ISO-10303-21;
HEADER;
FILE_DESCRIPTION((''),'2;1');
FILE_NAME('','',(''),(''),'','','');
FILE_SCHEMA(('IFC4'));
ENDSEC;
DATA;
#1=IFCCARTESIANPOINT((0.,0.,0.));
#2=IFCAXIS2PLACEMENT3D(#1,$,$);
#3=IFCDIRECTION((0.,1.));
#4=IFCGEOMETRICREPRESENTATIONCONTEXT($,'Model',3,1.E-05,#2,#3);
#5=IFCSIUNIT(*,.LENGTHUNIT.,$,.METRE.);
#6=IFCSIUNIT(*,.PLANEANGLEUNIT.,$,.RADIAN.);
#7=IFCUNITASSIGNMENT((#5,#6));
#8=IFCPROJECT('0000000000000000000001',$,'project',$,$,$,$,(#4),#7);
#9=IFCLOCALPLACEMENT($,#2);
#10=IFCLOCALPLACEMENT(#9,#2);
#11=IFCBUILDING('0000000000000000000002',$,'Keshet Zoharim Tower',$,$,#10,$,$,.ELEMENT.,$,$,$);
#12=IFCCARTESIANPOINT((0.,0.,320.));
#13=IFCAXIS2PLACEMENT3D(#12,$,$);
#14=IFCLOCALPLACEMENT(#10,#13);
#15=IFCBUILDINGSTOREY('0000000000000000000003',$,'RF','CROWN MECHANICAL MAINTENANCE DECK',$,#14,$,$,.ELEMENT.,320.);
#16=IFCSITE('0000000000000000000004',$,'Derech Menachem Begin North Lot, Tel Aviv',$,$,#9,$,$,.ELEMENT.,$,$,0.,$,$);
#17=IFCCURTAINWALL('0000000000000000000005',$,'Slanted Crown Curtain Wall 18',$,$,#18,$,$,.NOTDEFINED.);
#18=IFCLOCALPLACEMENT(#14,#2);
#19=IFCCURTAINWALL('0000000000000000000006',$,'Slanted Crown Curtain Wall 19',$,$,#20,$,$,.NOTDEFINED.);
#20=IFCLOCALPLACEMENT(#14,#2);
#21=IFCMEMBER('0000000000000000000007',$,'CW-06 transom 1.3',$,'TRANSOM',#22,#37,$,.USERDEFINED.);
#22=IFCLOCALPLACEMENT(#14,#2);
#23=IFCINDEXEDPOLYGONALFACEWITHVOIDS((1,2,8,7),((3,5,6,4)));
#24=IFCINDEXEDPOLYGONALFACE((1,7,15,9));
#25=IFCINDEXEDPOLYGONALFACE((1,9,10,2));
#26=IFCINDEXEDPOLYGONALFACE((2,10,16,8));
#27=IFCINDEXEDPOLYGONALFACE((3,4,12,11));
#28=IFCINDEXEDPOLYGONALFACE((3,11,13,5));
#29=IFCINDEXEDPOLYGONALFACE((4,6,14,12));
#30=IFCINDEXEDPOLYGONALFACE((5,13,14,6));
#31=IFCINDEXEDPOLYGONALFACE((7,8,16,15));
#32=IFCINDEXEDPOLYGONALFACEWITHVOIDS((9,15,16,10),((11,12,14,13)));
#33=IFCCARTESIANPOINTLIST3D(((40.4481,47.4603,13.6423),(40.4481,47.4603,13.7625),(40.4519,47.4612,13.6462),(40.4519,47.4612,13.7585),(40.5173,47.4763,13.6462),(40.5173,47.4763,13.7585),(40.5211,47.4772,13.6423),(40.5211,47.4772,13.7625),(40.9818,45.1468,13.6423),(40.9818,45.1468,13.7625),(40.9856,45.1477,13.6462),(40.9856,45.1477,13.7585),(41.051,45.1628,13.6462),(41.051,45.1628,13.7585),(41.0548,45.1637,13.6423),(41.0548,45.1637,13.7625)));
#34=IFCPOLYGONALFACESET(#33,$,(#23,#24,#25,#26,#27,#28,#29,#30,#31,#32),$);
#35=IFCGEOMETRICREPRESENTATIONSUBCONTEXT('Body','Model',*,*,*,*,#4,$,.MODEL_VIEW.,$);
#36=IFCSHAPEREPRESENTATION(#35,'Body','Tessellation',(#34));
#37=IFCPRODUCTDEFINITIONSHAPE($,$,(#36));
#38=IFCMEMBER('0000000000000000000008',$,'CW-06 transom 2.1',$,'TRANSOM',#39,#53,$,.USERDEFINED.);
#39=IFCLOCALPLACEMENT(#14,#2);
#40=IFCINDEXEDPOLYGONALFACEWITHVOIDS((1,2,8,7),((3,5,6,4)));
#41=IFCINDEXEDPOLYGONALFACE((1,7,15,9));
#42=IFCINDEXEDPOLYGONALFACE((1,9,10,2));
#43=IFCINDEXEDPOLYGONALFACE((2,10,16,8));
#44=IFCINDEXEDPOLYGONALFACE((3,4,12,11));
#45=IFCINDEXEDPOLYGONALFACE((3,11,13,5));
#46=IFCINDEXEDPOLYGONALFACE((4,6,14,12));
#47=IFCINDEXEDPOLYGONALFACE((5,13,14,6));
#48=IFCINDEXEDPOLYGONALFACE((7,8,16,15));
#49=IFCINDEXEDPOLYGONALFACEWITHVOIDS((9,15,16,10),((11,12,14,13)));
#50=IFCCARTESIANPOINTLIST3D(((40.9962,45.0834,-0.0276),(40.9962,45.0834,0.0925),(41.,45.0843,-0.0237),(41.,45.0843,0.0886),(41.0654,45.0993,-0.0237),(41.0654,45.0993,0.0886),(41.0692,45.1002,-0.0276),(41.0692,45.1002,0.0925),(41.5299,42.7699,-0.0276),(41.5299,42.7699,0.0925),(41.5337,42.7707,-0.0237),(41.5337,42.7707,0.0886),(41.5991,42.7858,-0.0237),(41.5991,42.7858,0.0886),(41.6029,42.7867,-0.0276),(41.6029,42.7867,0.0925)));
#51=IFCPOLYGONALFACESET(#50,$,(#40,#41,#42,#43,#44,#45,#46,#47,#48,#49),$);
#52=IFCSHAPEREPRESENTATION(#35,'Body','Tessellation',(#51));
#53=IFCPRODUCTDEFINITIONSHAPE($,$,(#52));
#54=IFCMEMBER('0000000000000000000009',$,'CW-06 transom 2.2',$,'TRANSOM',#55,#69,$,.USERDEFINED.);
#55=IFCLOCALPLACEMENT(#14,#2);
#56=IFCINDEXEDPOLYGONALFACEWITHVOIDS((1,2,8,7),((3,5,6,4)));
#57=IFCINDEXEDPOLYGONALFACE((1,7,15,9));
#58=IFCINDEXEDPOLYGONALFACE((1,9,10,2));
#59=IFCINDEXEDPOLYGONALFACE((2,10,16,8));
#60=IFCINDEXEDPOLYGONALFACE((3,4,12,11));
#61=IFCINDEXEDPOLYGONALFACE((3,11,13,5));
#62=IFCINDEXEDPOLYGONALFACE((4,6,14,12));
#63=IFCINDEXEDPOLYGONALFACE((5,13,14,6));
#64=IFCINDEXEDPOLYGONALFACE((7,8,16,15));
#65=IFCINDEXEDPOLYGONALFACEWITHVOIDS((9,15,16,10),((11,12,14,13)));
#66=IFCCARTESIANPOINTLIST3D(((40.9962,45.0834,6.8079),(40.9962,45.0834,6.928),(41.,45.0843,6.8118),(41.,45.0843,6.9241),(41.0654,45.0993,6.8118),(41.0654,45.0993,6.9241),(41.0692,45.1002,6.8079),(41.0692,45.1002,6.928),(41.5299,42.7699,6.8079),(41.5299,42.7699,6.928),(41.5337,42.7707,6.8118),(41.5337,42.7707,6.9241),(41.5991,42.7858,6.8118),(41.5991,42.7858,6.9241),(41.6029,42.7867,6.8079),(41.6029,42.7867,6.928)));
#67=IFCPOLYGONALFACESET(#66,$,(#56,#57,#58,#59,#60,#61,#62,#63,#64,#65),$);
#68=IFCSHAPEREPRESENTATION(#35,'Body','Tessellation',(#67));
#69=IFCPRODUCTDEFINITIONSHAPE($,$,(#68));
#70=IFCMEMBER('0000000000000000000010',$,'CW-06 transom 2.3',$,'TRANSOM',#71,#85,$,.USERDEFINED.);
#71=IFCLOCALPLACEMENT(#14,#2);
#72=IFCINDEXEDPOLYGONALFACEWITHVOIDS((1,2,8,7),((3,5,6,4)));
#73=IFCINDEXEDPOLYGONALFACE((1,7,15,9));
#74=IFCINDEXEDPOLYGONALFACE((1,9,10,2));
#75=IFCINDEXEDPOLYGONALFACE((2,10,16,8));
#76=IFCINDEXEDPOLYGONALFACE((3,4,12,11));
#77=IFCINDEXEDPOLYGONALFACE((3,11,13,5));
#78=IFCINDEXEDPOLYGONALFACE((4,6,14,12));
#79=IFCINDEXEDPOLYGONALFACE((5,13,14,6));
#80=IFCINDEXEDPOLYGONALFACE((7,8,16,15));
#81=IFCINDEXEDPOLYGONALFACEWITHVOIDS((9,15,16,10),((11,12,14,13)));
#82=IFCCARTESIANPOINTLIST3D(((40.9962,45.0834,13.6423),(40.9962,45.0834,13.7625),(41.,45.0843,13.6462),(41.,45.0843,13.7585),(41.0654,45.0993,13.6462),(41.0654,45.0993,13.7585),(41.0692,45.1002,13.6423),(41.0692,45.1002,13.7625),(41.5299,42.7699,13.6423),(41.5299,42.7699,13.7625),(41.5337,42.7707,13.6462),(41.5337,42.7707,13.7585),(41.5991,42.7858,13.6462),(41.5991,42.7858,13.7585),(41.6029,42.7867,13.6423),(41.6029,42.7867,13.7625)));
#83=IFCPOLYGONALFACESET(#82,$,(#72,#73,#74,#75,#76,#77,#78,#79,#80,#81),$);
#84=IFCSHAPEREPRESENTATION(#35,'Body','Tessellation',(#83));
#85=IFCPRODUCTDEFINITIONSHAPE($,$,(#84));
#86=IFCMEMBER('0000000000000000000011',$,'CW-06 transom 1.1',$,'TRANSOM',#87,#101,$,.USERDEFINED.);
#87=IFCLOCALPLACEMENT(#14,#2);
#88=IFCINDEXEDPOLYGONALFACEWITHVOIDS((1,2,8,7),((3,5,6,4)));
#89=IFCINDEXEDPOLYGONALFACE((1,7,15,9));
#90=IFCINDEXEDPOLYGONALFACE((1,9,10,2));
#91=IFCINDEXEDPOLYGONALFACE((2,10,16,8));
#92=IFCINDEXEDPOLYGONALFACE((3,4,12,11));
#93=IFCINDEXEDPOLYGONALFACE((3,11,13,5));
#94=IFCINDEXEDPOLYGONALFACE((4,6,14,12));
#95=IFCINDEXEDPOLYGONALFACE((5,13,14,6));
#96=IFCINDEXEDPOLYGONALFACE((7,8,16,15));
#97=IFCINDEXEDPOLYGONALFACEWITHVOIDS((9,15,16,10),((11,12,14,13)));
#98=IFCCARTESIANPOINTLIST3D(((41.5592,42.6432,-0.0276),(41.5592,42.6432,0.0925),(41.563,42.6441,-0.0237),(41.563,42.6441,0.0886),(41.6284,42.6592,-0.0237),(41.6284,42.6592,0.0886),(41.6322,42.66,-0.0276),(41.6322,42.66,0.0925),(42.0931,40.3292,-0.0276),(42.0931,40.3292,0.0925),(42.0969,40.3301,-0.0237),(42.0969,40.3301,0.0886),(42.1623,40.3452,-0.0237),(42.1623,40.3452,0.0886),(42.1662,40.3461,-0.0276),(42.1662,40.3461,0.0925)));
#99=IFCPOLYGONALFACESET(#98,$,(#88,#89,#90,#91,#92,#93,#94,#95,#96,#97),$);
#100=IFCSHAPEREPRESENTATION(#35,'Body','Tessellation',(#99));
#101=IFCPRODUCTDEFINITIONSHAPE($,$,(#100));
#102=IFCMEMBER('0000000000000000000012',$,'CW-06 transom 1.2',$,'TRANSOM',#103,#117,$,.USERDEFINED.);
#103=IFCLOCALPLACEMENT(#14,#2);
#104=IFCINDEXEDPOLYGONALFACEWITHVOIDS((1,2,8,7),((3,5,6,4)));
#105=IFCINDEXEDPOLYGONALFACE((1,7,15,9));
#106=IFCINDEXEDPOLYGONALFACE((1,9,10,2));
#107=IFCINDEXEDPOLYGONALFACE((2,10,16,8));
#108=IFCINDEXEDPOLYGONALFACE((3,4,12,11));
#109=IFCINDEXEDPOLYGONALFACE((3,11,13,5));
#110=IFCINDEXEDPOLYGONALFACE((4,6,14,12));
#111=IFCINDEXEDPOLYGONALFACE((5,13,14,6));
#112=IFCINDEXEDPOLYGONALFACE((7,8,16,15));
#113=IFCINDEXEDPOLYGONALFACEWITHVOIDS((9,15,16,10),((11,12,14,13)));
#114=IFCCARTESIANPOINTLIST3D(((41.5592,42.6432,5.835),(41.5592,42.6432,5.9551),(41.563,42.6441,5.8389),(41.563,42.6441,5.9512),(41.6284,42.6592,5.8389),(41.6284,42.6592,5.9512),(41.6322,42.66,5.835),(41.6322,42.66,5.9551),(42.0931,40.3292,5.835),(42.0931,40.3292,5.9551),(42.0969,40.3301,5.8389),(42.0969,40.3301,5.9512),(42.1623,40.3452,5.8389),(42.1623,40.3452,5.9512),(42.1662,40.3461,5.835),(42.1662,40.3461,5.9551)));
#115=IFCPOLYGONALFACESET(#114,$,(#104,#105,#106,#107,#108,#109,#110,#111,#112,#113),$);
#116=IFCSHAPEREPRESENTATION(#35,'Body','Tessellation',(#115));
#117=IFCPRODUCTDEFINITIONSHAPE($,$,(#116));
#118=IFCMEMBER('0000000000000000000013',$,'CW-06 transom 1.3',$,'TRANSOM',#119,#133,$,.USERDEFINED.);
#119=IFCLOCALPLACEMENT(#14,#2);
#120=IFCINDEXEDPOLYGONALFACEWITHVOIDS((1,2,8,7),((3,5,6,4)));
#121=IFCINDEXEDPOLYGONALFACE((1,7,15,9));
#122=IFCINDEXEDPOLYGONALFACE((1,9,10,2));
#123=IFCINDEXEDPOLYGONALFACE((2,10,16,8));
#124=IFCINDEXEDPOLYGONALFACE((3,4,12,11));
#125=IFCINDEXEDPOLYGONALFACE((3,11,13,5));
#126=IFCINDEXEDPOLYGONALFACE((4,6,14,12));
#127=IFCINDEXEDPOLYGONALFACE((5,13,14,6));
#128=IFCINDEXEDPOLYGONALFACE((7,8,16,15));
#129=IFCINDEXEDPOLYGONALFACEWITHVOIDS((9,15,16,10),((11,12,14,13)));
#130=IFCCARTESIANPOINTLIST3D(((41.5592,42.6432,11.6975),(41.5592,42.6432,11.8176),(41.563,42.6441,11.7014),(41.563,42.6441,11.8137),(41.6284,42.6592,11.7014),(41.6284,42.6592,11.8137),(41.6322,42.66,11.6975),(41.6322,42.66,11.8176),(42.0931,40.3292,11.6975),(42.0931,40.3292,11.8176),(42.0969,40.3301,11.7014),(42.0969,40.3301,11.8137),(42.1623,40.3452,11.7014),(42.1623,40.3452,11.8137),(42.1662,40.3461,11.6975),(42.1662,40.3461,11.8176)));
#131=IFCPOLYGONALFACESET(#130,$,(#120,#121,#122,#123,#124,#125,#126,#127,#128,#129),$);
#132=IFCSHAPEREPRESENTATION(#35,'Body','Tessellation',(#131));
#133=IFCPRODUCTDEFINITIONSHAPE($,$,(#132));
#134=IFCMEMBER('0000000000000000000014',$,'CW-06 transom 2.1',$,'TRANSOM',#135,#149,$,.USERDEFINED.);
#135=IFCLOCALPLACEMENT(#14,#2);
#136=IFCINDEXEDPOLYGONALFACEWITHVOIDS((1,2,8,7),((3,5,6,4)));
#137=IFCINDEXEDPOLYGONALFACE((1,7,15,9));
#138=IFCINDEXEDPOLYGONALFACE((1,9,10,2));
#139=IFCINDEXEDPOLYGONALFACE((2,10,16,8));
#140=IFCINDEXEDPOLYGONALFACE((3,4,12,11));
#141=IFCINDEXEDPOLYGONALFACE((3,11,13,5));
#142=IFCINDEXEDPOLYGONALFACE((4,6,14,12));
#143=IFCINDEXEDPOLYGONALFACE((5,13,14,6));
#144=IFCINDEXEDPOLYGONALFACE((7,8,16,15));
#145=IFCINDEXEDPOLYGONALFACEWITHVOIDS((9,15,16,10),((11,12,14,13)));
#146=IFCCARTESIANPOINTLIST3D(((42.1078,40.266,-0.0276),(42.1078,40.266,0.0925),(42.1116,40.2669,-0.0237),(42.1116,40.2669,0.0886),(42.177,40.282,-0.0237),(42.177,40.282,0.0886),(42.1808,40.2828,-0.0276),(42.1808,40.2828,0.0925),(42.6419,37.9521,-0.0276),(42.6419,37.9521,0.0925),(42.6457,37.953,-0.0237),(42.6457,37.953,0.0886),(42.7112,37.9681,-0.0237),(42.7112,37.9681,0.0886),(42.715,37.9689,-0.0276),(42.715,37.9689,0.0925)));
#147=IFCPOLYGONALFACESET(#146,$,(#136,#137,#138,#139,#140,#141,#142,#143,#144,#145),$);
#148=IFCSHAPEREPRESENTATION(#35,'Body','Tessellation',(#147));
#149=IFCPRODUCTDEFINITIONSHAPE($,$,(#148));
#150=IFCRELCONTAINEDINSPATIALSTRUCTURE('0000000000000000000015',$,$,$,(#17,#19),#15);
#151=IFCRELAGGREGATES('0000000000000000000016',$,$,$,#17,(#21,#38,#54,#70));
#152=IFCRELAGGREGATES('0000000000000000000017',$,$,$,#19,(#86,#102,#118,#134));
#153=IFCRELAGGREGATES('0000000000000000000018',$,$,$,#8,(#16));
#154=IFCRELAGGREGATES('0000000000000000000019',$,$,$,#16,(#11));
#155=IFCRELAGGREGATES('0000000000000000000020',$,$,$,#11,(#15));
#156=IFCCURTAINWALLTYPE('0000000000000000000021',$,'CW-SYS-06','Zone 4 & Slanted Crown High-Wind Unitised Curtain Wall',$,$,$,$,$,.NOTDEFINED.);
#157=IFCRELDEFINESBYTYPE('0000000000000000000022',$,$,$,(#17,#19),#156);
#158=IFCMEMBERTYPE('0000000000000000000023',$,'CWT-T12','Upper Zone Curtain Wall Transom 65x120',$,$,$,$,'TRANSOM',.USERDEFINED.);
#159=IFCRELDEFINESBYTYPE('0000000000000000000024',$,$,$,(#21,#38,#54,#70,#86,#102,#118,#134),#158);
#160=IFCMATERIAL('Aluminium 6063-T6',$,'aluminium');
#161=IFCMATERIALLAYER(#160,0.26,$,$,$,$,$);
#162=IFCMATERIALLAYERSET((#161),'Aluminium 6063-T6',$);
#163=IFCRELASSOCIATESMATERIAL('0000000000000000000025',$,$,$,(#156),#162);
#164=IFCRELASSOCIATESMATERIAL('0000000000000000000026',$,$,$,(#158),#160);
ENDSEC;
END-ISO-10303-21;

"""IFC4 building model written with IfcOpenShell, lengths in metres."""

from ifc_helpers import new_model, si_unit, direction, frame, origin, origin_2d, place, context, subcontext, project, spatial, hollow_rectangle, extrude, material, layer, layer_set, material_profile, profile_set, type_object, element, aggregate, save


model = new_model("IFC4")

# Units and contexts
model_context = context("Model", 3, precision=1e-05, world=origin(), true_north=direction((0.0, 1.0)))
body_context = subcontext(model_context, "Body", "Model", "MODEL_VIEW")
ifc_project = project(units=[si_unit("LENGTHUNIT", "METRE"), si_unit("PLANEANGLEUNIT", "RADIAN")], contexts=[model_context])

# Site, building, storey
site_placement = place(None, origin())
site = spatial("IfcSite", under=ifc_project, at=site_placement, Name="Derech Menachem Begin North Lot, Tel Aviv", CompositionType="ELEMENT", RefElevation=0.0)
building_placement = place(site_placement, origin())
building = spatial("IfcBuilding", under=site, at=building_placement, Name="Keshet Zoharim Tower", CompositionType="ELEMENT")
storey_placement = place(building_placement, frame((0.0, 0.0, 320.0)))
storey = spatial("IfcBuildingStorey", under=building, at=storey_placement, Name="RF", Description="CROWN MECHANICAL MAINTENANCE DECK", CompositionType="ELEMENT", Elevation=320.0)

# Shared definitions
ifc_material_1 = material(Name="Aluminium 6063-T6", Category="aluminium")
ifc_layer_1 = layer(ifc_material_1, 0.26)
ifc_layer_set_1 = layer_set([ifc_layer_1], Name="Aluminium 6063-T6")
curtain_wall_type = type_object("IfcCurtainWallType", Name="CW-SYS-06", Description="Zone 4 & Slanted Crown High-Wind Unitised Curtain Wall", PredefinedType="NOTDEFINED", material=ifc_layer_set_1)

# Curtain walls
curtain_wall_1_placement = place(storey_placement, origin())
curtain_wall_1 = element("IfcCurtainWall", 1, at=curtain_wall_1_placement, inside=storey, type_object=curtain_wall_type, Name="Slanted Crown Curtain Wall 18", PredefinedType="NOTDEFINED")
curtain_wall_2_placement = place(storey_placement, origin())
curtain_wall_2 = element("IfcCurtainWall", 2, at=curtain_wall_2_placement, inside=storey, type_object=curtain_wall_type, Name="Slanted Crown Curtain Wall 19", PredefinedType="NOTDEFINED")

# Members
ifc_material_profile_1 = material_profile(ifc_material_1, hollow_rectangle(XDim=0.075, YDim=0.1201, WallThickness=0.0039, at=origin_2d()), Name="TRN-75x120")
ifc_profile_set_1 = profile_set([ifc_material_profile_1], Name="Aluminium 6063-T6")
member_type_1 = type_object("IfcMemberType", Name="CWT-T12", Description="Upper Zone Curtain Wall Transom 65x120", ElementType="TRANSOM", PredefinedType="USERDEFINED", material=ifc_profile_set_1)
member_1_placement = place(storey_placement, frame((40.4846, 47.4688, 13.7024), z_axis=(0.224784, -0.974409, 0.0), x_axis=(0.974409, 0.224784, 0.0)))
member_1 = element("IfcMember", 3, at=member_1_placement, type_object=member_type_1, Name="CW-06 transom 1.3", ObjectType="TRANSOM", PredefinedType="USERDEFINED", context=body_context, shape_type="SweptSolid", body=[
    extrude(hollow_rectangle(XDim=0.075, YDim=0.1201, WallThickness=0.0039, at=origin_2d()), origin(), (0.0, 0.0, 1.0), 2.3743),
])
member_2_placement = place(storey_placement, frame((41.0327, 45.0918, 0.0325), z_axis=(0.224784, -0.974409, 0.0), x_axis=(0.974409, 0.224784, 0.0)))
member_2 = element("IfcMember", 4, at=member_2_placement, type_object=member_type_1, Name="CW-06 transom 2.1", ObjectType="TRANSOM", PredefinedType="USERDEFINED", context=body_context, shape_type="SweptSolid", body=[
    extrude(hollow_rectangle(XDim=0.075, YDim=0.1201, WallThickness=0.0039, at=origin_2d()), origin(), (0.0, 0.0, 1.0), 2.3743),
])
member_3_placement = place(storey_placement, frame((41.0327, 45.0918, 6.8679), z_axis=(0.224784, -0.974409, 0.0), x_axis=(0.974409, 0.224784, 0.0)))
member_3 = element("IfcMember", 5, at=member_3_placement, type_object=member_type_1, Name="CW-06 transom 2.2", ObjectType="TRANSOM", PredefinedType="USERDEFINED", context=body_context, shape_type="SweptSolid", body=[
    extrude(hollow_rectangle(XDim=0.075, YDim=0.1201, WallThickness=0.0039, at=origin_2d()), origin(), (0.0, 0.0, 1.0), 2.3743),
])
member_4_placement = place(storey_placement, frame((41.0327, 45.0918, 13.7024), z_axis=(0.224784, -0.974409, 0.0), x_axis=(0.974409, 0.224784, 0.0)))
member_4 = element("IfcMember", 6, at=member_4_placement, type_object=member_type_1, Name="CW-06 transom 2.3", ObjectType="TRANSOM", PredefinedType="USERDEFINED", context=body_context, shape_type="SweptSolid", body=[
    extrude(hollow_rectangle(XDim=0.075, YDim=0.1201, WallThickness=0.0039, at=origin_2d()), origin(), (0.0, 0.0, 1.0), 2.3743),
])
member_5_placement = place(storey_placement, frame((41.5957, 42.6516, 0.0325), z_axis=(0.224837, -0.974396, 0.0), x_axis=(0.974396, 0.224837, 0.0)))
member_5 = element("IfcMember", 7, at=member_5_placement, type_object=member_type_1, Name="CW-06 transom 1.1", ObjectType="TRANSOM", PredefinedType="USERDEFINED", context=body_context, shape_type="SweptSolid", body=[
    extrude(hollow_rectangle(XDim=0.075, YDim=0.1201, WallThickness=0.0039, at=origin_2d()), origin(), (0.0, 0.0, 1.0), 2.3748),
])
member_6_placement = place(storey_placement, frame((41.5957, 42.6516, 5.895), z_axis=(0.224837, -0.974396, 0.0), x_axis=(0.974396, 0.224837, 0.0)))
member_6 = element("IfcMember", 8, at=member_6_placement, type_object=member_type_1, Name="CW-06 transom 1.2", ObjectType="TRANSOM", PredefinedType="USERDEFINED", context=body_context, shape_type="SweptSolid", body=[
    extrude(hollow_rectangle(XDim=0.075, YDim=0.1201, WallThickness=0.0039, at=origin_2d()), origin(), (0.0, 0.0, 1.0), 2.3748),
])
member_7_placement = place(storey_placement, frame((41.5957, 42.6516, 11.7576), z_axis=(0.224837, -0.974396, 0.0), x_axis=(0.974396, 0.224837, 0.0)))
member_7 = element("IfcMember", 9, at=member_7_placement, type_object=member_type_1, Name="CW-06 transom 1.3", ObjectType="TRANSOM", PredefinedType="USERDEFINED", context=body_context, shape_type="SweptSolid", body=[
    extrude(hollow_rectangle(XDim=0.075, YDim=0.1201, WallThickness=0.0039, at=origin_2d()), origin(), (0.0, 0.0, 1.0), 2.3748),
])
member_8_placement = place(storey_placement, frame((42.1443, 40.2744, 0.0325), z_axis=(0.224935, -0.974374, 0.0), x_axis=(0.974374, 0.224935, 0.0)))
member_8 = element("IfcMember", 10, at=member_8_placement, type_object=member_type_1, Name="CW-06 transom 2.1", ObjectType="TRANSOM", PredefinedType="USERDEFINED", context=body_context, shape_type="SweptSolid", body=[
    extrude(hollow_rectangle(XDim=0.075, YDim=0.1201, WallThickness=0.0039, at=origin_2d()), origin(), (0.0, 0.0, 1.0), 2.3748),
])

aggregate(curtain_wall_1, [member_1, member_2, member_3, member_4])
aggregate(curtain_wall_2, [member_5, member_6, member_7, member_8])

save(model, "model.ifc")
